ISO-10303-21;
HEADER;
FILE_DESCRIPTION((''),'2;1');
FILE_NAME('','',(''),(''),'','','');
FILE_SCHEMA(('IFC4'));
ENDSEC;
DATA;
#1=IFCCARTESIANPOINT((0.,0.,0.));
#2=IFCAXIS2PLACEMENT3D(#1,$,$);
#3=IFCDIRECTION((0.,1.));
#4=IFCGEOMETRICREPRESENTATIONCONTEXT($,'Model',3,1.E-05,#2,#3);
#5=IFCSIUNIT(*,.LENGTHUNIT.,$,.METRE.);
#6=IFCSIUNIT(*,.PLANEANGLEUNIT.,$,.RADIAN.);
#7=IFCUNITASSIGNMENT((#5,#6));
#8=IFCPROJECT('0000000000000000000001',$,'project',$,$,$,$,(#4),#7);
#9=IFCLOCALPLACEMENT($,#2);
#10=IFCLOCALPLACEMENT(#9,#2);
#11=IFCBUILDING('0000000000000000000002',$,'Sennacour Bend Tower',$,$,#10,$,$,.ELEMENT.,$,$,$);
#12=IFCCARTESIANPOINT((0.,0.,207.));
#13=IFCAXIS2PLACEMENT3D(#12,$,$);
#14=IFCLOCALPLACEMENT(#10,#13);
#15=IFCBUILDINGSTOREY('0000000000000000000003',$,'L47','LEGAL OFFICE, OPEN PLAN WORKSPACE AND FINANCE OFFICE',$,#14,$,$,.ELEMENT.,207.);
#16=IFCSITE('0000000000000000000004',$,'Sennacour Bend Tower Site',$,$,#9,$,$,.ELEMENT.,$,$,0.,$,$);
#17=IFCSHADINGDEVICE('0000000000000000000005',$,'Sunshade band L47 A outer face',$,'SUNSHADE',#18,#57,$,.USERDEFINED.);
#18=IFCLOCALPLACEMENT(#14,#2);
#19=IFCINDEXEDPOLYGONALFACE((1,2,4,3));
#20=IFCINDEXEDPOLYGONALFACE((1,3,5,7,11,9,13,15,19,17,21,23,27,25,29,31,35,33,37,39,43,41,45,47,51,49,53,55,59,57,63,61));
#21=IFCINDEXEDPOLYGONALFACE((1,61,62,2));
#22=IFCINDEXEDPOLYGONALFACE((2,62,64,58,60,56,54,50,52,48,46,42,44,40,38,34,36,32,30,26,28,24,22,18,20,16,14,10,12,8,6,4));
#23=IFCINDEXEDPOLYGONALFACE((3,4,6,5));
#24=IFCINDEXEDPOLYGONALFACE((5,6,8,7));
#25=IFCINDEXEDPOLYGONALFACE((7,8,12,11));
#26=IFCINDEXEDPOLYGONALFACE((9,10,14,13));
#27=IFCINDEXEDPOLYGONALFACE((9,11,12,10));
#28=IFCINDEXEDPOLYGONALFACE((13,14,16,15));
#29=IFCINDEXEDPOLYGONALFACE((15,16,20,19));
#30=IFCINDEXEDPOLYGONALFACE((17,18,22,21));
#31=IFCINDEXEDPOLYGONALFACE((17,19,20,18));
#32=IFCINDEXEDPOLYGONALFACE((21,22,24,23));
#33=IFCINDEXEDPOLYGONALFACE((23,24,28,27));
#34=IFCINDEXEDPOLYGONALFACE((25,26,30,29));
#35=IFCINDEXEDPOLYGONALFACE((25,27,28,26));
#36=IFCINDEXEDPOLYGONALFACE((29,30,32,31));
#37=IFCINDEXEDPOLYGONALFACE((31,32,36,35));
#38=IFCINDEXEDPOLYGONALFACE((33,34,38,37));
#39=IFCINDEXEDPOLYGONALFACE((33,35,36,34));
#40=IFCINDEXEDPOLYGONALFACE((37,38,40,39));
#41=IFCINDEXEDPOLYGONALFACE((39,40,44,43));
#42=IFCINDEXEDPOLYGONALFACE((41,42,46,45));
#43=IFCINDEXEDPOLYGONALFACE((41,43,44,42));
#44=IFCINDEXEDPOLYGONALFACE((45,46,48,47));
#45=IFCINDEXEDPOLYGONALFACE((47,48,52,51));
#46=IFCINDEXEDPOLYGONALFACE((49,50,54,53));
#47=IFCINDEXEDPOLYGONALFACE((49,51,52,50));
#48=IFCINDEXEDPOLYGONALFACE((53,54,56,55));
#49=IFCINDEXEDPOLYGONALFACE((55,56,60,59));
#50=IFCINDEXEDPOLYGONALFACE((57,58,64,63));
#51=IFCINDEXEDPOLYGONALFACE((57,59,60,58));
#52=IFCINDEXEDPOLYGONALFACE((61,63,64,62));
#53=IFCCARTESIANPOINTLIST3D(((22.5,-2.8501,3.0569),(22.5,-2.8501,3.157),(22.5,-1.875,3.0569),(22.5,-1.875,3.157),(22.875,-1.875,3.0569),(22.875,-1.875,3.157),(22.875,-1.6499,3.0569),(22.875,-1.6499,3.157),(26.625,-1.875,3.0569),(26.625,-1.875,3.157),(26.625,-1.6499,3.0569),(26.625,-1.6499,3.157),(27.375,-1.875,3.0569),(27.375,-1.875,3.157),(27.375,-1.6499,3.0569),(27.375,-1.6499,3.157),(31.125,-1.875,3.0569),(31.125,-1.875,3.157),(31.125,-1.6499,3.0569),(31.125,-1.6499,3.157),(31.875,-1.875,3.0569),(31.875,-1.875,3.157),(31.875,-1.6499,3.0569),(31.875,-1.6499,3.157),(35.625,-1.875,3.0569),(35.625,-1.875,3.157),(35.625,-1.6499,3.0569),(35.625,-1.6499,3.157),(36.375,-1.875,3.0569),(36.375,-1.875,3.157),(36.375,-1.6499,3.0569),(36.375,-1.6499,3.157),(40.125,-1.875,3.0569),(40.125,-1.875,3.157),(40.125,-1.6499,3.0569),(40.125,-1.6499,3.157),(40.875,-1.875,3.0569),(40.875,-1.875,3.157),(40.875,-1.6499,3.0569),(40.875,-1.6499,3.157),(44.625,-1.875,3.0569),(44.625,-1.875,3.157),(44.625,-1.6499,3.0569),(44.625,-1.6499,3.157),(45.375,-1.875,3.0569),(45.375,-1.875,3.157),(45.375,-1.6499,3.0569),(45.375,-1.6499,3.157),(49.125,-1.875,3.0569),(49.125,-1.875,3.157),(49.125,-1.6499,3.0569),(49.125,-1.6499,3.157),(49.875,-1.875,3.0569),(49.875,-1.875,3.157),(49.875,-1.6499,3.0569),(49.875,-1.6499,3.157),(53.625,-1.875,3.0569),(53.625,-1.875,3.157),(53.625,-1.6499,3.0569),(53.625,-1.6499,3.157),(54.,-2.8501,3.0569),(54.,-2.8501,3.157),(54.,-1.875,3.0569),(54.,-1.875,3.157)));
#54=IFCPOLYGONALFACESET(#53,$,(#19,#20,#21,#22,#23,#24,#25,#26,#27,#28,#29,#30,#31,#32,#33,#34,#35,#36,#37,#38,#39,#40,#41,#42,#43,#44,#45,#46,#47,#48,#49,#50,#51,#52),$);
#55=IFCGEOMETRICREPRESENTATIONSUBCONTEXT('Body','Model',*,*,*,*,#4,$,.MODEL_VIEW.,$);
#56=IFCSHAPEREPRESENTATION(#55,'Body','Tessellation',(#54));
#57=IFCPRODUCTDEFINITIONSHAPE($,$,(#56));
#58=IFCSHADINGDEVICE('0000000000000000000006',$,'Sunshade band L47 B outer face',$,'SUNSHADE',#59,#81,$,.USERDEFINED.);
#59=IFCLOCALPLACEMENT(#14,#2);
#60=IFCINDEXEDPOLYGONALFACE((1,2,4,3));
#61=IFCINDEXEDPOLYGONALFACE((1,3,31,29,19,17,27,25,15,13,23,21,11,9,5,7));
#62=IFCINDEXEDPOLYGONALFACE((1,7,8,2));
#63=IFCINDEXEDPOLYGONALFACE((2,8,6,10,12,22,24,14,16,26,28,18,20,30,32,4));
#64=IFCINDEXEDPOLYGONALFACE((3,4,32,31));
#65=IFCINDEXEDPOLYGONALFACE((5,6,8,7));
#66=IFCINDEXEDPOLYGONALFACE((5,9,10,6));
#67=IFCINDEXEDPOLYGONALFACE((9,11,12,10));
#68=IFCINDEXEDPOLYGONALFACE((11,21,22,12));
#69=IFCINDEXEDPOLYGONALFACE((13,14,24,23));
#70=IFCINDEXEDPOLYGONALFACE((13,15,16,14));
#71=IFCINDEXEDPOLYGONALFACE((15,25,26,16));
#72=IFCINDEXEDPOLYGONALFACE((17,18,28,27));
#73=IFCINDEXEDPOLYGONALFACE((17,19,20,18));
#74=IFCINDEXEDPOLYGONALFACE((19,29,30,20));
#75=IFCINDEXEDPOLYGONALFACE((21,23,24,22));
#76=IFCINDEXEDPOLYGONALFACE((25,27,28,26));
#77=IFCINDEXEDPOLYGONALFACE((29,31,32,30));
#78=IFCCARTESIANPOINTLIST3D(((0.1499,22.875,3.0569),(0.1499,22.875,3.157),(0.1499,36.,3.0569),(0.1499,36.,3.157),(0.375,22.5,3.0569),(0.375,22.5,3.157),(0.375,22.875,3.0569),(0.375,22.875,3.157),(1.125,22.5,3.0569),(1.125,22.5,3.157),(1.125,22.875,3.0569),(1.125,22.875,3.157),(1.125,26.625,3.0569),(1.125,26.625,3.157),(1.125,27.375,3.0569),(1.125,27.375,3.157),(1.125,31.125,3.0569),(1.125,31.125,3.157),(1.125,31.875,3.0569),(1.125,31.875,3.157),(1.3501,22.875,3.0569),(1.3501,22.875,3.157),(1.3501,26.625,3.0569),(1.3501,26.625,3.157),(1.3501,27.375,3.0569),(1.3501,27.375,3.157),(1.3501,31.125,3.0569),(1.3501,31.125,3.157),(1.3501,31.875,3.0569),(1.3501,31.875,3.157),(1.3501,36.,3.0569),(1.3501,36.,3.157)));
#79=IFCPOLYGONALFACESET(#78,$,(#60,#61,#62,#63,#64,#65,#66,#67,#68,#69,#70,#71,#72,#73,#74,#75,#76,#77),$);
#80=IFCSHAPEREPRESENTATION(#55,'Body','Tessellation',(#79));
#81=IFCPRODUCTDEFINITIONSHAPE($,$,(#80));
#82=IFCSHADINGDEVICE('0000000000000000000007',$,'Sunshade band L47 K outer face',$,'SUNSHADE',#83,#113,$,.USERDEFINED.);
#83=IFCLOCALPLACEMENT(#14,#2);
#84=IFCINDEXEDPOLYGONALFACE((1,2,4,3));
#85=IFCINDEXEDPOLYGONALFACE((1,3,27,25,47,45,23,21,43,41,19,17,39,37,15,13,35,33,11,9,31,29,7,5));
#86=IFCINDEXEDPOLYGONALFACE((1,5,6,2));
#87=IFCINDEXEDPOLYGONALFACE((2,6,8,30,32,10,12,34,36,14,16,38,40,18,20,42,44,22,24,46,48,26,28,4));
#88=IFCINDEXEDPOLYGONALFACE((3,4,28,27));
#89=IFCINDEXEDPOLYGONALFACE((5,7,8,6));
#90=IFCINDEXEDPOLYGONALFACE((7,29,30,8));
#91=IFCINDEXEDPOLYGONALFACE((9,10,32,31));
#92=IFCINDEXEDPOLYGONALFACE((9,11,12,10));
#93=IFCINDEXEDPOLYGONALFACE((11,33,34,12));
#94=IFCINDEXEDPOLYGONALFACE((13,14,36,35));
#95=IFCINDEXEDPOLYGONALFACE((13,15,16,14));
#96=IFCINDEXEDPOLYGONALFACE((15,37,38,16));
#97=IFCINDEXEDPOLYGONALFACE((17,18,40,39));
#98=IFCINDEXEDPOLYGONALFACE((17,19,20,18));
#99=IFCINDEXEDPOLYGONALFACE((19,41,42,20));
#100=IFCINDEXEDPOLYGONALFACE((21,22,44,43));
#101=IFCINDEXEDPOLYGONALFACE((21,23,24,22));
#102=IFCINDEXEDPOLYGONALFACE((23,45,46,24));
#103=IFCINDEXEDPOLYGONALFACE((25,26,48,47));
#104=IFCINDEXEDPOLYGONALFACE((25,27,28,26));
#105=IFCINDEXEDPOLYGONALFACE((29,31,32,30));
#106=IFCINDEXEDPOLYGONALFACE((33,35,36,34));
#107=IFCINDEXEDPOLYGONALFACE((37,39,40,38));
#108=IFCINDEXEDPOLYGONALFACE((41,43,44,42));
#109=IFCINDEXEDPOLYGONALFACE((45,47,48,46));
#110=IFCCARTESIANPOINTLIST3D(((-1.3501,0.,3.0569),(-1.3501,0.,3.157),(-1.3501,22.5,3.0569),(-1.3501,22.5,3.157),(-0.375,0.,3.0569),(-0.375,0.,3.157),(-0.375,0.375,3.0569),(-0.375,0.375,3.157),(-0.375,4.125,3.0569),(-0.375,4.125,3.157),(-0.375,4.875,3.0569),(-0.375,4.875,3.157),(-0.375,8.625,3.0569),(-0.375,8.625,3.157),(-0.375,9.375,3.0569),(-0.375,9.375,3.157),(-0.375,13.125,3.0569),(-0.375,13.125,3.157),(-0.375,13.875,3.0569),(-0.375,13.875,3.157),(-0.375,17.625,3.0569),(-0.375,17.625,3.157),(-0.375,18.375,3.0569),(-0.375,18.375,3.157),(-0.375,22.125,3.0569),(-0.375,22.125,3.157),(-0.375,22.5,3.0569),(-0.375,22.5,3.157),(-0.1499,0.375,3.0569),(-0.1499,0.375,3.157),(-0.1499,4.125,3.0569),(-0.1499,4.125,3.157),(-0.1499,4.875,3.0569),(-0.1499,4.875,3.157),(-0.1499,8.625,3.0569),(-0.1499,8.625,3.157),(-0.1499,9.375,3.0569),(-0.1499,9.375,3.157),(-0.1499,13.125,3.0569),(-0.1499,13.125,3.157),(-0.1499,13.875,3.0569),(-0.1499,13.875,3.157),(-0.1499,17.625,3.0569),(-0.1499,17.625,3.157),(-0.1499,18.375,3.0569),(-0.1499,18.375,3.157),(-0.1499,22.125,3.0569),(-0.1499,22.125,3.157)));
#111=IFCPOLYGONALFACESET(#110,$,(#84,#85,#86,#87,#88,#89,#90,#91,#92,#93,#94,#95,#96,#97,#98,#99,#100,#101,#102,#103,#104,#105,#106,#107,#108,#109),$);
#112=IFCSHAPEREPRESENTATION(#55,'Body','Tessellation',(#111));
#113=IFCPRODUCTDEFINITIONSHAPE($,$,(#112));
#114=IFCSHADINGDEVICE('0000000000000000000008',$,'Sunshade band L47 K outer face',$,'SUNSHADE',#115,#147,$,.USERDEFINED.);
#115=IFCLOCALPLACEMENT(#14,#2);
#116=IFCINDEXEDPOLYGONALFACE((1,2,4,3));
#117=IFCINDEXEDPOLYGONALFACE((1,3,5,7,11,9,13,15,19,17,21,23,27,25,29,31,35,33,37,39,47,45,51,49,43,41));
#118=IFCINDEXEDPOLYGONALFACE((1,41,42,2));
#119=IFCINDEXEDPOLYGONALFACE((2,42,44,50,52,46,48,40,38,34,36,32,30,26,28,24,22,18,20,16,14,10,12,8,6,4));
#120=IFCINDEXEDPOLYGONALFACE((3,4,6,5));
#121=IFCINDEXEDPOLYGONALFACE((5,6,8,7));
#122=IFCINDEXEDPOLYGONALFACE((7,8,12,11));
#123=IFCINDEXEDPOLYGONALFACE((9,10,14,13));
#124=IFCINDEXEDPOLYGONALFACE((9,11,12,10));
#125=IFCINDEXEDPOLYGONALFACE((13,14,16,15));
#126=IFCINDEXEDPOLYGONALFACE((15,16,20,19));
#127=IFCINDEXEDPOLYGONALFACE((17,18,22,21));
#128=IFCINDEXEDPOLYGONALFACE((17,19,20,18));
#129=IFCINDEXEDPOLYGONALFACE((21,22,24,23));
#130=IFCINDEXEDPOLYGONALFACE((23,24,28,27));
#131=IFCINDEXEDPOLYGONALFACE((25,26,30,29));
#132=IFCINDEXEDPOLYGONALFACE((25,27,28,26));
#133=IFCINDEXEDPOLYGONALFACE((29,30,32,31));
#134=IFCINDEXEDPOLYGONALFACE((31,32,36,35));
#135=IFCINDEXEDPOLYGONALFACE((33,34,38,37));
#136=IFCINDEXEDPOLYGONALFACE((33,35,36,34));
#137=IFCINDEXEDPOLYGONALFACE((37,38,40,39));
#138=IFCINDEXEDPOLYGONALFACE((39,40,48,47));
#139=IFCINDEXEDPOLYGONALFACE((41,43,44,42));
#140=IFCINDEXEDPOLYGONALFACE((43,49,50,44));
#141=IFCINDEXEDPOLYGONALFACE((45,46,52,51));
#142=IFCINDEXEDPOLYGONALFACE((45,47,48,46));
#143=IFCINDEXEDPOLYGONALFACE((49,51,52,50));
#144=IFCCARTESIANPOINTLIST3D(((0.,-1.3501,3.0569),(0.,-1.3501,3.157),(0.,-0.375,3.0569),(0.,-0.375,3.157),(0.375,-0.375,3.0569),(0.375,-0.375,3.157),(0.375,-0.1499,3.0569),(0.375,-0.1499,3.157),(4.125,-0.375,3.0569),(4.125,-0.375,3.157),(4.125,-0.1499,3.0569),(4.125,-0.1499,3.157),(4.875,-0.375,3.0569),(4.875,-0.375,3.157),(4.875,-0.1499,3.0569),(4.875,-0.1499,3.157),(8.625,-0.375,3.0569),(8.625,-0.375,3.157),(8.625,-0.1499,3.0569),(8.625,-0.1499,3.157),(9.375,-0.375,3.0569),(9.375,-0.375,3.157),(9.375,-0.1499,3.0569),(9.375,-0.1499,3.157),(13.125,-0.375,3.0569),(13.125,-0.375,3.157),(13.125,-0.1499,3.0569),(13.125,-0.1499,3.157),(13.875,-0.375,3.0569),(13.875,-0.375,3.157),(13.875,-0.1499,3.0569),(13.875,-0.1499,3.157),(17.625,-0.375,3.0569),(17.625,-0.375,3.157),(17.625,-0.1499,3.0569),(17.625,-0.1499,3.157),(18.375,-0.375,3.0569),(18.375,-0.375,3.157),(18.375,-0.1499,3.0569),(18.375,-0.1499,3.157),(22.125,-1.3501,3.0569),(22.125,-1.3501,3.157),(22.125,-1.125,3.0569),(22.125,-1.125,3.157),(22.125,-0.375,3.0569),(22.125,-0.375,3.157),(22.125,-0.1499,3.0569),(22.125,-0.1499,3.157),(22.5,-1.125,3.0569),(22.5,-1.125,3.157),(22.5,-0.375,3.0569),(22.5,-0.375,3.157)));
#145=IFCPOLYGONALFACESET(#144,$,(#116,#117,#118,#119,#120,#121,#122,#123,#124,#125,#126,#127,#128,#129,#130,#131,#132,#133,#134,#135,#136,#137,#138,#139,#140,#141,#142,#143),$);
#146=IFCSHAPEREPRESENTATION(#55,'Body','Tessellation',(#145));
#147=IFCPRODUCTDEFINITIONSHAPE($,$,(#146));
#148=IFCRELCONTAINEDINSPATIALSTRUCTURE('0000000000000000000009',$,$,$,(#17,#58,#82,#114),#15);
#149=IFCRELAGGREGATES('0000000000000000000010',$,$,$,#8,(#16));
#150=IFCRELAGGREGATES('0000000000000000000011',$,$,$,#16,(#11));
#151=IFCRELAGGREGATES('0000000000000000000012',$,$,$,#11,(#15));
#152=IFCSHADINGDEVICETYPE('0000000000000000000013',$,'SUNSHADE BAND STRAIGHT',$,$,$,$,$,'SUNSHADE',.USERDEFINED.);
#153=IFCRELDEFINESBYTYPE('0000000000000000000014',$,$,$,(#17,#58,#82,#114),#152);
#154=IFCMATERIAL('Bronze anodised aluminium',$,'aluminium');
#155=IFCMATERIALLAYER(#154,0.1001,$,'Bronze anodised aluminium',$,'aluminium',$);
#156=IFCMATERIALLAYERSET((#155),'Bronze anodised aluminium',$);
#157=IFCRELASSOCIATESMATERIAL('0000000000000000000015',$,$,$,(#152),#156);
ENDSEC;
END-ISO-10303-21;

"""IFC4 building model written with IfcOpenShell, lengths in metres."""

from ifc_helpers import new_model, si_unit, direction, frame, origin, place, context, subcontext, project, spatial, polyline, outline, extrude, material, layer, layer_set, type_object, element, save


model = new_model("IFC4")

# Units and contexts
model_context = context("Model", 3, precision=1e-05, world=origin(), true_north=direction((0.0, 1.0)))
body_context = subcontext(model_context, "Body", "Model", "MODEL_VIEW")
ifc_project = project(units=[si_unit("LENGTHUNIT", "METRE"), si_unit("PLANEANGLEUNIT", "RADIAN")], contexts=[model_context])

# Site, building, storey
site_placement = place(None, origin())
site = spatial("IfcSite", under=ifc_project, at=site_placement, Name="Sennacour Bend Tower Site", CompositionType="ELEMENT", RefElevation=0.0)
building_placement = place(site_placement, origin())
building = spatial("IfcBuilding", under=site, at=building_placement, Name="Sennacour Bend Tower", CompositionType="ELEMENT")
storey_placement = place(building_placement, frame((0.0, 0.0, 207.0)))
storey = spatial("IfcBuildingStorey", under=building, at=storey_placement, Name="L47", Description="LEGAL OFFICE, OPEN PLAN WORKSPACE AND FINANCE OFFICE", CompositionType="ELEMENT", Elevation=207.0)

# Shading devices
ifc_material_1 = material(Name="Bronze anodised aluminium", Category="aluminium")
ifc_layer_1 = layer(ifc_material_1, 0.1001, Name="Bronze anodised aluminium", Category="aluminium")
ifc_layer_set_1 = layer_set([ifc_layer_1], Name="Bronze anodised aluminium")
shading_device_type_1 = type_object("IfcShadingDeviceType", Name="SUNSHADE BAND STRAIGHT", ElementType="SUNSHADE", PredefinedType="USERDEFINED", material=ifc_layer_set_1)
shading_device_1_placement = place(storey_placement, frame((0.0, 0.0, 3.0569)))
element("IfcShadingDevice", 1, at=shading_device_1_placement, inside=storey, type_object=shading_device_type_1, Name="Sunshade band L47 A outer face", ObjectType="SUNSHADE", PredefinedType="USERDEFINED", context=body_context, shape_type="SweptSolid", body=[
    extrude(outline(polyline([(26.625, -1.6499), (26.625, -1.875), (27.375, -1.875), (27.375, -1.6499), (31.125, -1.6499), (31.125, -1.875), (31.875, -1.875), (31.875, -1.6499), (35.625, -1.6499), (35.625, -1.875), (36.375, -1.875), (36.375, -1.6499), (40.125, -1.6499), (40.125, -1.875), (40.875, -1.875), (40.875, -1.6499), (44.625, -1.6499), (44.625, -1.875), (45.375, -1.875), (45.375, -1.6499), (49.125, -1.6499), (49.125, -1.875), (49.875, -1.875), (49.875, -1.6499), (53.625, -1.6499), (53.625, -1.875), (54.0, -1.875), (54.0, -2.8501), (22.5, -2.8501), (22.5, -1.875), (22.875, -1.875), (22.875, -1.6499), (26.625, -1.6499)])), origin(), (0.0, 0.0, 1.0), 0.1001),
])
shading_device_2_placement = place(storey_placement, frame((0.0, 0.0, 3.0569)))
element("IfcShadingDevice", 2, at=shading_device_2_placement, inside=storey, type_object=shading_device_type_1, Name="Sunshade band L47 B outer face", ObjectType="SUNSHADE", PredefinedType="USERDEFINED", context=body_context, shape_type="SweptSolid", body=[
    extrude(outline(polyline([(1.3501, 31.875), (1.125, 31.875), (1.125, 31.125), (1.3501, 31.125), (1.3501, 27.375), (1.125, 27.375), (1.125, 26.625), (1.3501, 26.625), (1.3501, 22.875), (1.125, 22.875), (1.125, 22.5), (0.375, 22.5), (0.375, 22.875), (0.1499, 22.875), (0.1499, 36.0), (1.3501, 36.0), (1.3501, 31.875)])), origin(), (0.0, 0.0, 1.0), 0.1001),
])
shading_device_3_placement = place(storey_placement, frame((0.0, 0.0, 3.0569)))
element("IfcShadingDevice", 3, at=shading_device_3_placement, inside=storey, type_object=shading_device_type_1, Name="Sunshade band L47 K outer face", ObjectType="SUNSHADE", PredefinedType="USERDEFINED", context=body_context, shape_type="SweptSolid", body=[
    extrude(outline(polyline([(-0.1499, 18.375), (-0.375, 18.375), (-0.375, 17.625), (-0.1499, 17.625), (-0.1499, 13.875), (-0.375, 13.875), (-0.375, 13.125), (-0.1499, 13.125), (-0.1499, 9.375), (-0.375, 9.375), (-0.375, 8.625), (-0.1499, 8.625), (-0.1499, 4.875), (-0.375, 4.875), (-0.375, 4.125), (-0.1499, 4.125), (-0.1499, 0.375), (-0.375, 0.375), (-0.375, 0.0), (-1.3501, 0.0), (-1.3501, 22.5), (-0.375, 22.5), (-0.375, 22.125), (-0.1499, 22.125), (-0.1499, 18.375)])), origin(), (0.0, 0.0, 1.0), 0.1001),
])
shading_device_4_placement = place(storey_placement, frame((0.0, 0.0, 3.0569)))
element("IfcShadingDevice", 4, at=shading_device_4_placement, inside=storey, type_object=shading_device_type_1, Name="Sunshade band L47 K outer face", ObjectType="SUNSHADE", PredefinedType="USERDEFINED", context=body_context, shape_type="SweptSolid", body=[
    extrude(outline(polyline([(4.125, -0.1499), (4.125, -0.375), (4.875, -0.375), (4.875, -0.1499), (8.625, -0.1499), (8.625, -0.375), (9.375, -0.375), (9.375, -0.1499), (13.125, -0.1499), (13.125, -0.375), (13.875, -0.375), (13.875, -0.1499), (17.625, -0.1499), (17.625, -0.375), (18.375, -0.375), (18.375, -0.1499), (22.125, -0.1499), (22.125, -0.375), (22.5, -0.375), (22.5, -1.125), (22.125, -1.125), (22.125, -1.3501), (0.0, -1.3501), (0.0, -0.375), (0.375, -0.375), (0.375, -0.1499), (4.125, -0.1499)])), origin(), (0.0, 0.0, 1.0), 0.1001),
])

save(model, "model.ifc")
